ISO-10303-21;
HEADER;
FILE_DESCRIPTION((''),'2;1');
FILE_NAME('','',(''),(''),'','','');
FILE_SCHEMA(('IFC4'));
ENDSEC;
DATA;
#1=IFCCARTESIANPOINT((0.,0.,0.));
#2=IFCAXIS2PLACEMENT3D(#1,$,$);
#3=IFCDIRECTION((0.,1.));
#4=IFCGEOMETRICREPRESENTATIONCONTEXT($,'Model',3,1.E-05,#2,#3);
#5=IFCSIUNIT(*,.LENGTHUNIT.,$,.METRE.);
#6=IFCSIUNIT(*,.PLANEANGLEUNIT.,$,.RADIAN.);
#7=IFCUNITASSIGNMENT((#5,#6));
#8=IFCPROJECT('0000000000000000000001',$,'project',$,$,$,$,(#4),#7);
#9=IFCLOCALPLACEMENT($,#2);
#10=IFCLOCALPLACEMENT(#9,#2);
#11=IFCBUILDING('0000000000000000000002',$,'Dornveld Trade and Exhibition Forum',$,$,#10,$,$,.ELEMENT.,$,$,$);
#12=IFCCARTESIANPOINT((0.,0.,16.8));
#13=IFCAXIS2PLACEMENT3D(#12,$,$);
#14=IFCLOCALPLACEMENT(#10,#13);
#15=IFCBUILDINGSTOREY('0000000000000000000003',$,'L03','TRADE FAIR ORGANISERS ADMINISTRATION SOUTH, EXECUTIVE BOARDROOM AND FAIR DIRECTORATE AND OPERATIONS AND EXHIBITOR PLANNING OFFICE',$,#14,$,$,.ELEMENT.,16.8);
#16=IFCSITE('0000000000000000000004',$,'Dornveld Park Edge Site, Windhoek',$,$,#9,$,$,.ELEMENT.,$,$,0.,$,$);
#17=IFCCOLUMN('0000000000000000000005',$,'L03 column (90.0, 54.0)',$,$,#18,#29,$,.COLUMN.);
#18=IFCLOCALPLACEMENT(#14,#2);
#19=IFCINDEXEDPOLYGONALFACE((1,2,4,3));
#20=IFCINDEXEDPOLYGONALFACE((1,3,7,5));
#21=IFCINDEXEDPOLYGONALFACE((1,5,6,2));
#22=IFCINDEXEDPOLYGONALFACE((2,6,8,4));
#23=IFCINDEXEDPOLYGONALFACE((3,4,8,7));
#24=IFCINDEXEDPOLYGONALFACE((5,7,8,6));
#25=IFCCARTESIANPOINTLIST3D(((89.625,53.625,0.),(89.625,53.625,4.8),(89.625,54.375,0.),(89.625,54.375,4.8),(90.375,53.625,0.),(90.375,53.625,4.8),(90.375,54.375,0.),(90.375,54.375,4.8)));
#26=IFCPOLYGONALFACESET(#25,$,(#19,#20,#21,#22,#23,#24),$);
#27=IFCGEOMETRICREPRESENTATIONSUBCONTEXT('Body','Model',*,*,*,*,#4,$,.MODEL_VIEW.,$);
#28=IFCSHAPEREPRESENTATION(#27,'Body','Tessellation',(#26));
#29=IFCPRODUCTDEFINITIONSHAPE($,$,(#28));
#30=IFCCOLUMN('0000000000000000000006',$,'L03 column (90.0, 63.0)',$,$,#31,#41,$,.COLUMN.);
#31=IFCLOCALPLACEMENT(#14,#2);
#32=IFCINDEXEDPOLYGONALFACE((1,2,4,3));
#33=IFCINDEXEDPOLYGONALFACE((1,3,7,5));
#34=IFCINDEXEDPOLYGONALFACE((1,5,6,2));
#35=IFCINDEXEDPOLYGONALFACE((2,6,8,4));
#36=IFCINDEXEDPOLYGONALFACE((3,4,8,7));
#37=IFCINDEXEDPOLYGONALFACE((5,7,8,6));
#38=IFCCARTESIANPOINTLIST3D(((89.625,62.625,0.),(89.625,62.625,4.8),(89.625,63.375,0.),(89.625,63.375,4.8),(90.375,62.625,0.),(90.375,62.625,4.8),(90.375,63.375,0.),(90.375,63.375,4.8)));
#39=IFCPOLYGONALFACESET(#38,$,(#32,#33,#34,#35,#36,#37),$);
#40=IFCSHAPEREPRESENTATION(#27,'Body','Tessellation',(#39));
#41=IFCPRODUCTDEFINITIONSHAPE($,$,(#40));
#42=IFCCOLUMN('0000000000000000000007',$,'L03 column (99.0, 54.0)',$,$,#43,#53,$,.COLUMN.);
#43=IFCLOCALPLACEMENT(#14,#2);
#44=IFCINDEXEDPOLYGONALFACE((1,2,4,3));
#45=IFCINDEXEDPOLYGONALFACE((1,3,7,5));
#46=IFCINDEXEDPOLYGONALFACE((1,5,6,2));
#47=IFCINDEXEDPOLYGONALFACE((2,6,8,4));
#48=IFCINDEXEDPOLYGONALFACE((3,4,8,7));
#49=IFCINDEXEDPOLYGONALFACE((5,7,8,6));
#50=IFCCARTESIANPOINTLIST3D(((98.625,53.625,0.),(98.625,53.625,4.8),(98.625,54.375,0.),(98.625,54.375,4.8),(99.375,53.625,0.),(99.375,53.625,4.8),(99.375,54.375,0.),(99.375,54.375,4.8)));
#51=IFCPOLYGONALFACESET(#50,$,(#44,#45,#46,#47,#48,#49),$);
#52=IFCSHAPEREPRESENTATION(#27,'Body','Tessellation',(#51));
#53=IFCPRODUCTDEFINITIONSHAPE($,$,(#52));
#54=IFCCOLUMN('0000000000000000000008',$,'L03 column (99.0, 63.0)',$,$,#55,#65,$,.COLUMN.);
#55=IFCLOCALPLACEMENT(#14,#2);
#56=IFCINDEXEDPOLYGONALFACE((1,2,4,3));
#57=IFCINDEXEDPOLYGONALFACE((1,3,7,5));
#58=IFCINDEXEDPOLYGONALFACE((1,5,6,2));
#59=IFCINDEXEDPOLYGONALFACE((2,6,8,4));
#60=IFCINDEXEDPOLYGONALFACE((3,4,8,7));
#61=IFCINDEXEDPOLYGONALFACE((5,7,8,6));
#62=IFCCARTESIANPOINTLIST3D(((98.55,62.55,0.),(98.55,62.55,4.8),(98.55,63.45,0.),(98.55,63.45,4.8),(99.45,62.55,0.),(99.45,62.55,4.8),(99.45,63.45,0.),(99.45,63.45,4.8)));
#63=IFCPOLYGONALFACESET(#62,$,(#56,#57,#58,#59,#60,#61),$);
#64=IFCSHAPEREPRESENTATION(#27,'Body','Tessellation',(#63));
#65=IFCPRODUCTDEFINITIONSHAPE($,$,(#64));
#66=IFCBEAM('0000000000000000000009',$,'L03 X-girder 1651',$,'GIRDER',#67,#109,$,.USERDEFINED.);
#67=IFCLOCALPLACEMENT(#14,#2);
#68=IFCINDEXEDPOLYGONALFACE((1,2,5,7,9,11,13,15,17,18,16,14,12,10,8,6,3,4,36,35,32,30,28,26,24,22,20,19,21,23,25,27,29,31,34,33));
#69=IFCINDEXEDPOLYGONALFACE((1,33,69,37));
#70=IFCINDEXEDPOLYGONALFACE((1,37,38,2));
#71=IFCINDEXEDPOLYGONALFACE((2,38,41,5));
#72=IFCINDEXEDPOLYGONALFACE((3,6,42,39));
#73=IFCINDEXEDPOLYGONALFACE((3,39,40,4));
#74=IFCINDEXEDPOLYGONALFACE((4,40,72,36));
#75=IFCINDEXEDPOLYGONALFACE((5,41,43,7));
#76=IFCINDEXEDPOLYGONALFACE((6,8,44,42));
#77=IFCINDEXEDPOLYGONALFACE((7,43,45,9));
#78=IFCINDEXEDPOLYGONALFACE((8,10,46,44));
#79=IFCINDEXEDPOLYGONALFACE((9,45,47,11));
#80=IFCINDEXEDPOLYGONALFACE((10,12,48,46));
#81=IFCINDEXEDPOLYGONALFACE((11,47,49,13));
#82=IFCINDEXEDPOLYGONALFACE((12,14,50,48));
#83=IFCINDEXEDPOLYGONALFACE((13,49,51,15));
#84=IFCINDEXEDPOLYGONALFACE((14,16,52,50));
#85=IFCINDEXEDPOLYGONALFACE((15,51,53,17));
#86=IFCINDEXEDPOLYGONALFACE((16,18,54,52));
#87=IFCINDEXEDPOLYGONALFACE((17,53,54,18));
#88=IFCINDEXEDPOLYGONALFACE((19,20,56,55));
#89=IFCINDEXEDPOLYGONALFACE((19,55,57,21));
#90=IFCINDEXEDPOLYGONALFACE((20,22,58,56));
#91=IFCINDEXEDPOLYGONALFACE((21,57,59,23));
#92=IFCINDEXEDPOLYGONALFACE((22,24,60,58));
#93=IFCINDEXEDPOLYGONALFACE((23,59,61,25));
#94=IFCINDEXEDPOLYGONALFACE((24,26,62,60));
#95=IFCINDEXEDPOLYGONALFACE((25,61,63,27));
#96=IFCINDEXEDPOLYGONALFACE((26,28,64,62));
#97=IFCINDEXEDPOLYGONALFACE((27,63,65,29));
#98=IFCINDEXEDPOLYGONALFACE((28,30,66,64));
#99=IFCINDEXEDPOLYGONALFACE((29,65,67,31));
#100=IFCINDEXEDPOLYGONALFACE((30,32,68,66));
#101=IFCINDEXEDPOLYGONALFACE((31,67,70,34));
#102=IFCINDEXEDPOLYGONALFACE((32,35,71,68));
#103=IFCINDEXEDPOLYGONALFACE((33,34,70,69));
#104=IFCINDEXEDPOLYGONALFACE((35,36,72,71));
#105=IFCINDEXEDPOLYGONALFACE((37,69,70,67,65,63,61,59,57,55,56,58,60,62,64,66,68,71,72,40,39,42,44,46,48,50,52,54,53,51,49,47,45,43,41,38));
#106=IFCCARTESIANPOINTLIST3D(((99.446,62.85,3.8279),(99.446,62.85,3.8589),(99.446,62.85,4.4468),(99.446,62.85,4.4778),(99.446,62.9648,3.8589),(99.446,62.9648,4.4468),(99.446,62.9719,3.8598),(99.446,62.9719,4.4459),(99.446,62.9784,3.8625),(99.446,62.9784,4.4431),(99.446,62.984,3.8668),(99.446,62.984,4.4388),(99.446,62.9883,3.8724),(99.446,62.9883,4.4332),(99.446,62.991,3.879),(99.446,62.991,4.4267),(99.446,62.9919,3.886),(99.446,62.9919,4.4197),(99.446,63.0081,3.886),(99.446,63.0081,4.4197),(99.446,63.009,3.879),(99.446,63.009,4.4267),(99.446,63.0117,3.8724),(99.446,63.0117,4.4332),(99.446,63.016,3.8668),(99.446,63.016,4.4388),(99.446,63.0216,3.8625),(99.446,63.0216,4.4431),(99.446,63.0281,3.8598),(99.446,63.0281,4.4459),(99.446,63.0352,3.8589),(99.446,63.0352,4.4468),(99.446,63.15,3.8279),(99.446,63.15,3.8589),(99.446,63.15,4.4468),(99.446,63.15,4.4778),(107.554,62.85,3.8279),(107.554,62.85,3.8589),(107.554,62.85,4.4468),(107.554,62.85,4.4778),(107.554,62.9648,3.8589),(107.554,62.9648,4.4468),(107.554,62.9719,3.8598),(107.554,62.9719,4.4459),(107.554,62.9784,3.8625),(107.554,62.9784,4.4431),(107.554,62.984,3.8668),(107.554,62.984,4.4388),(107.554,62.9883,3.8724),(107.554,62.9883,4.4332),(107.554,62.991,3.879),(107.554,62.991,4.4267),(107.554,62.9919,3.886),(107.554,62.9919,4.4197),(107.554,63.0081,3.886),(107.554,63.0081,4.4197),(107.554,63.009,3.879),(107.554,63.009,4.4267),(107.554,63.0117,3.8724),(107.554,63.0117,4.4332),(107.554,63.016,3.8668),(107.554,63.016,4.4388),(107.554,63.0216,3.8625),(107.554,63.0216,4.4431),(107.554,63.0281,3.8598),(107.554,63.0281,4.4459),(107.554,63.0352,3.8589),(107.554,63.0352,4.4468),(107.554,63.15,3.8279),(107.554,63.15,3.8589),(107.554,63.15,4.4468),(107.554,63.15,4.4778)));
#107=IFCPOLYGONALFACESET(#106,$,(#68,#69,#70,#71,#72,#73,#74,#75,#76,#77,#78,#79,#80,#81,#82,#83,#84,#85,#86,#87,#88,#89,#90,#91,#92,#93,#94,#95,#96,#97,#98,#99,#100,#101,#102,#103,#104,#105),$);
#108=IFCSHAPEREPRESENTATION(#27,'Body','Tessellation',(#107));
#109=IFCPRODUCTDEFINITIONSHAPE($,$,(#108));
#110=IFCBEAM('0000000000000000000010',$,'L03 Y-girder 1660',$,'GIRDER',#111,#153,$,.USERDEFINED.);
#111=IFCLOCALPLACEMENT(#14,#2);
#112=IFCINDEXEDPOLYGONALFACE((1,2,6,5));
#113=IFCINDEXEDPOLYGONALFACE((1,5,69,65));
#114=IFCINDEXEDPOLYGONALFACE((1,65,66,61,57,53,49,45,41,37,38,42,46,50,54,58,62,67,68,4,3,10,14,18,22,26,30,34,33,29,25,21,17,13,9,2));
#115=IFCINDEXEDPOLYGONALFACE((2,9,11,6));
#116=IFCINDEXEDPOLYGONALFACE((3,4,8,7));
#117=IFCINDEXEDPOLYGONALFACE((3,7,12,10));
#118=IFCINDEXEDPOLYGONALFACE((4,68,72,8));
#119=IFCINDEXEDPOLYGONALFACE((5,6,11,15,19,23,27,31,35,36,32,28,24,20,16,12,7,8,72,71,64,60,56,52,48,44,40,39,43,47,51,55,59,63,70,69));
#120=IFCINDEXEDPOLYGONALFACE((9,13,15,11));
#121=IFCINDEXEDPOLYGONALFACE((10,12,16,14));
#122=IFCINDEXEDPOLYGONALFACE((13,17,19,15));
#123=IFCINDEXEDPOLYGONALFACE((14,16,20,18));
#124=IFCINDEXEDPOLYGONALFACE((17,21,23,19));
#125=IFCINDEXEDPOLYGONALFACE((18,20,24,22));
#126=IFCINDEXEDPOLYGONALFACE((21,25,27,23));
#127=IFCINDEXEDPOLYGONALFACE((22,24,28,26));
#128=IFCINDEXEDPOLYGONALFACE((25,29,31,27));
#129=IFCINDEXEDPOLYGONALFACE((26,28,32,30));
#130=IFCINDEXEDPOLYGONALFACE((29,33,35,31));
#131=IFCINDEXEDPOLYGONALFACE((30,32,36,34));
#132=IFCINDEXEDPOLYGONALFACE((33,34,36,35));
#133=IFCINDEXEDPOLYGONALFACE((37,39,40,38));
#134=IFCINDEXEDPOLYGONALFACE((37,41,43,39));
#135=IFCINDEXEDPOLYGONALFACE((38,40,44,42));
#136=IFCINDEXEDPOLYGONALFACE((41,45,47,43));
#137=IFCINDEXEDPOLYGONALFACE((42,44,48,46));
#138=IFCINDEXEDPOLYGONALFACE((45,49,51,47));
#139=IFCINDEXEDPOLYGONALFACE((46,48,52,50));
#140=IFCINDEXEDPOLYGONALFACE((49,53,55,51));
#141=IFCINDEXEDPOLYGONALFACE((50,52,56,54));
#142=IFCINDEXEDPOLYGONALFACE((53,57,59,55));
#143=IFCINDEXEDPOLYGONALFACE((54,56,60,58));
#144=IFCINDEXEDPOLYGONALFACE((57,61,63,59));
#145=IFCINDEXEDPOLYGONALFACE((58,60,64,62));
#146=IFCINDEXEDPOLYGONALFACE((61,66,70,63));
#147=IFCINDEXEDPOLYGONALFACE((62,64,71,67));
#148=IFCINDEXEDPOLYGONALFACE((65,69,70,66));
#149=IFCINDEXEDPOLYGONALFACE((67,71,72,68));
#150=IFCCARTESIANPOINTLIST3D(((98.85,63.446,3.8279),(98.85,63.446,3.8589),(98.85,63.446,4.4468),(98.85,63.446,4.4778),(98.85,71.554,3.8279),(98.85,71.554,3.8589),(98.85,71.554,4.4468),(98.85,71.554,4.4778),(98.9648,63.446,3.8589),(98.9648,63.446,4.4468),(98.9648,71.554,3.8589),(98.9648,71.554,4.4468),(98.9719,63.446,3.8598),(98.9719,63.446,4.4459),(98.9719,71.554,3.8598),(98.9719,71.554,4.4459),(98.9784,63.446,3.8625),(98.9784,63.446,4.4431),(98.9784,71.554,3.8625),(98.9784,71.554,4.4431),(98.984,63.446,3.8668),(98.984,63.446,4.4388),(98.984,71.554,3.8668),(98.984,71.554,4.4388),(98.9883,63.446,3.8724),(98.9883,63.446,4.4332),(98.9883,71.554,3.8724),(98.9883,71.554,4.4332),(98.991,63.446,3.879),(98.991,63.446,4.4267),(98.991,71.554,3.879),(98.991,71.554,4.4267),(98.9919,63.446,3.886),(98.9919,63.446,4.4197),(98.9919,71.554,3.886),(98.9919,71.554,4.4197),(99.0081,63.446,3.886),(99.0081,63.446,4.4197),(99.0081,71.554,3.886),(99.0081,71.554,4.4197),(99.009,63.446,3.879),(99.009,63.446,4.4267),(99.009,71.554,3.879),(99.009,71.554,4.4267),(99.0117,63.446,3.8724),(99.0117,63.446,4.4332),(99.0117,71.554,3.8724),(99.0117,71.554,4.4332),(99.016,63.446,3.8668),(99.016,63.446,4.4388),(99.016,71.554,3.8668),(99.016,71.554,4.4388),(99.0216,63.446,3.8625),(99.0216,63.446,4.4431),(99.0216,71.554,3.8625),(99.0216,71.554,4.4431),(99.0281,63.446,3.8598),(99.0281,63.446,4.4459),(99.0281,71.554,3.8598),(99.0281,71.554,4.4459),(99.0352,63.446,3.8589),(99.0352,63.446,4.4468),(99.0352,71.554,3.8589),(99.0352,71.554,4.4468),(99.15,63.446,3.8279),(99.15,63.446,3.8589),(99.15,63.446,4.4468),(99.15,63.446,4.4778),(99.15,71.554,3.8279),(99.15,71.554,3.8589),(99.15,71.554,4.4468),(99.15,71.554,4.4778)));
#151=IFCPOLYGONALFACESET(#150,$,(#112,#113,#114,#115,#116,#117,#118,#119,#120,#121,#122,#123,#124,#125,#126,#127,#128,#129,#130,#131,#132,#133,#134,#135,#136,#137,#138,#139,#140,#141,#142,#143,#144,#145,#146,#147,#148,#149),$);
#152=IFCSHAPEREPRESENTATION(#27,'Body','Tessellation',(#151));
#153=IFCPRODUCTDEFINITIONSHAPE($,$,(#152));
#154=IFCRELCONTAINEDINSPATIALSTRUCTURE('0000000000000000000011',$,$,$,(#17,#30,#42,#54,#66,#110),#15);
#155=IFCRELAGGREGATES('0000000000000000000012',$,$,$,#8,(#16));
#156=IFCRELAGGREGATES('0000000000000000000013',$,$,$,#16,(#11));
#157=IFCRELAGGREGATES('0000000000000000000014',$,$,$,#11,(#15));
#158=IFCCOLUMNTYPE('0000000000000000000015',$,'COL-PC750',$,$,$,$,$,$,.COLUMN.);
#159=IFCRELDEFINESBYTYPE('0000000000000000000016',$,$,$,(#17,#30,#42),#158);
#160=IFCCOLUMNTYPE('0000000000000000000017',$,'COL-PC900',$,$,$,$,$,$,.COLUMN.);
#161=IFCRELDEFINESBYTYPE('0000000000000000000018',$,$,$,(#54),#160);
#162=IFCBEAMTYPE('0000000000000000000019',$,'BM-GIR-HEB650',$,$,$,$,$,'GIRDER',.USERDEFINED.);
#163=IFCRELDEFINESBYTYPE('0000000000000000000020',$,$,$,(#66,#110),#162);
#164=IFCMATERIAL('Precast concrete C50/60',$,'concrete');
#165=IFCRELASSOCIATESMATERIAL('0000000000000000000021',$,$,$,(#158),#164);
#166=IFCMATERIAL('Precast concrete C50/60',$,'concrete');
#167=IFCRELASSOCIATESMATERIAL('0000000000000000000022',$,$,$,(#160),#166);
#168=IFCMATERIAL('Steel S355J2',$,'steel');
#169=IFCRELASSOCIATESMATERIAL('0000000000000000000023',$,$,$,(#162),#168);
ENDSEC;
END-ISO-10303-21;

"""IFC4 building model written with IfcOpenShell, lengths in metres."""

from ifc_helpers import new_model, si_unit, direction, frame, origin, origin_2d, place, context, subcontext, project, spatial, rectangle, i_section, extrude, material, material_profile, profile_set, type_object, element, save


model = new_model("IFC4")

# Units and contexts
model_context = context("Model", 3, precision=1e-05, world=origin(), true_north=direction((0.0, 1.0)))
body_context = subcontext(model_context, "Body", "Model", "MODEL_VIEW")
ifc_project = project(units=[si_unit("LENGTHUNIT", "METRE"), si_unit("PLANEANGLEUNIT", "RADIAN")], contexts=[model_context])

# Site, building, storey
site_placement = place(None, origin())
site = spatial("IfcSite", under=ifc_project, at=site_placement, Name="Dornveld Park Edge Site, Windhoek", CompositionType="ELEMENT", RefElevation=0.0)
building_placement = place(site_placement, origin())
building = spatial("IfcBuilding", under=site, at=building_placement, Name="Dornveld Trade and Exhibition Forum", CompositionType="ELEMENT")
storey_placement = place(building_placement, frame((0.0, 0.0, 16.8)))
storey = spatial("IfcBuildingStorey", under=building, at=storey_placement, Name="L03", Description="TRADE FAIR ORGANISERS ADMINISTRATION SOUTH, EXECUTIVE BOARDROOM AND FAIR DIRECTORATE AND OPERATIONS AND EXHIBITOR PLANNING OFFICE", CompositionType="ELEMENT", Elevation=16.8)

# Columns
ifc_material_1 = material(Name="Precast concrete C50/60", Category="concrete")
ifc_material_profile_1 = material_profile(ifc_material_1, rectangle(XDim=0.75, YDim=0.75, at=origin_2d()), Name="PC-COL 750x750")
ifc_profile_set_1 = profile_set([ifc_material_profile_1], Name="Precast concrete C50/60")
column_type_1 = type_object("IfcColumnType", Name="COL-PC750", PredefinedType="COLUMN", material=ifc_profile_set_1)
for number, where, z_axis, x_axis, name in (
    (1, (90.0, 54.0, 0.0), (0.0, 0.0, 1.0), (1.0, 0.0, 0.0), "L03 column (90.0, 54.0)"),
    (2, (90.0, 63.0, 0.0), (0.0, 0.0, 1.0), (1.0, 0.0, 0.0), "L03 column (90.0, 63.0)"),
    (3, (99.0, 54.0, 0.0), (0.0, 0.0, 1.0), (1.0, 0.0, 0.0), "L03 column (99.0, 54.0)"),
):
    element("IfcColumn", number, at=place(storey_placement, frame(where, z_axis=z_axis, x_axis=x_axis)), inside=storey, type_object=column_type_1, Name=name, PredefinedType="COLUMN", context=body_context, shape_type="SweptSolid", body=[
        extrude(rectangle(XDim=0.75, YDim=0.75, at=origin_2d()), origin(), (0.0, 0.0, 1.0), 4.8),
    ])
ifc_material_2 = material(Name="Precast concrete C50/60", Category="concrete")
ifc_material_profile_2 = material_profile(ifc_material_2, rectangle(XDim=0.8999, YDim=0.8999, at=origin_2d()), Name="PC-COL 900x900")
ifc_profile_set_2 = profile_set([ifc_material_profile_2], Name="Precast concrete C50/60")
column_type_2 = type_object("IfcColumnType", Name="COL-PC900", PredefinedType="COLUMN", material=ifc_profile_set_2)
column_placement = place(storey_placement, frame((99.0, 63.0, 0.0), z_axis=(0.0, 0.0, 1.0), x_axis=(1.0, 0.0, 0.0)))
element("IfcColumn", 4, at=column_placement, inside=storey, type_object=column_type_2, Name="L03 column (99.0, 63.0)", PredefinedType="COLUMN", context=body_context, shape_type="SweptSolid", body=[
    extrude(rectangle(XDim=0.8999, YDim=0.8999, at=origin_2d()), origin(), (0.0, 0.0, 1.0), 4.8),
])

# Beams
ifc_material_3 = material(Name="Steel S355J2", Category="steel")
ifc_material_profile_3 = material_profile(ifc_material_3, i_section(OverallWidth=0.3, OverallDepth=0.6499, WebThickness=0.0161, FlangeThickness=0.031, FilletRadius=0.0271, at=origin_2d()), Name="HEB 650")
ifc_profile_set_3 = profile_set([ifc_material_profile_3], Name="Steel S355J2")
beam_type = type_object("IfcBeamType", Name="BM-GIR-HEB650", ElementType="GIRDER", PredefinedType="USERDEFINED", material=ifc_profile_set_3)
for number, where, z_axis, x_axis, name in (
    (5, (99.446, 63.0, 4.1528), (1.0, 0.0, 0.0), (0.0, 1.0, 0.0), "L03 X-girder 1651"),
    (6, (99.0, 63.446, 4.1528), (0.0, 1.0, 0.0), (-1.0, 0.0, 0.0), "L03 Y-girder 1660"),
):
    element("IfcBeam", number, at=place(storey_placement, frame(where, z_axis=z_axis, x_axis=x_axis)), inside=storey, type_object=beam_type, Name=name, ObjectType="GIRDER", PredefinedType="USERDEFINED", context=body_context, shape_type="SweptSolid", body=[
        extrude(i_section(OverallWidth=0.3, OverallDepth=0.6499, WebThickness=0.0161, FlangeThickness=0.031, FilletRadius=0.0271, at=origin_2d()), origin(), (0.0, 0.0, 1.0), 8.1079),
    ])

save(model, "model.ifc")
